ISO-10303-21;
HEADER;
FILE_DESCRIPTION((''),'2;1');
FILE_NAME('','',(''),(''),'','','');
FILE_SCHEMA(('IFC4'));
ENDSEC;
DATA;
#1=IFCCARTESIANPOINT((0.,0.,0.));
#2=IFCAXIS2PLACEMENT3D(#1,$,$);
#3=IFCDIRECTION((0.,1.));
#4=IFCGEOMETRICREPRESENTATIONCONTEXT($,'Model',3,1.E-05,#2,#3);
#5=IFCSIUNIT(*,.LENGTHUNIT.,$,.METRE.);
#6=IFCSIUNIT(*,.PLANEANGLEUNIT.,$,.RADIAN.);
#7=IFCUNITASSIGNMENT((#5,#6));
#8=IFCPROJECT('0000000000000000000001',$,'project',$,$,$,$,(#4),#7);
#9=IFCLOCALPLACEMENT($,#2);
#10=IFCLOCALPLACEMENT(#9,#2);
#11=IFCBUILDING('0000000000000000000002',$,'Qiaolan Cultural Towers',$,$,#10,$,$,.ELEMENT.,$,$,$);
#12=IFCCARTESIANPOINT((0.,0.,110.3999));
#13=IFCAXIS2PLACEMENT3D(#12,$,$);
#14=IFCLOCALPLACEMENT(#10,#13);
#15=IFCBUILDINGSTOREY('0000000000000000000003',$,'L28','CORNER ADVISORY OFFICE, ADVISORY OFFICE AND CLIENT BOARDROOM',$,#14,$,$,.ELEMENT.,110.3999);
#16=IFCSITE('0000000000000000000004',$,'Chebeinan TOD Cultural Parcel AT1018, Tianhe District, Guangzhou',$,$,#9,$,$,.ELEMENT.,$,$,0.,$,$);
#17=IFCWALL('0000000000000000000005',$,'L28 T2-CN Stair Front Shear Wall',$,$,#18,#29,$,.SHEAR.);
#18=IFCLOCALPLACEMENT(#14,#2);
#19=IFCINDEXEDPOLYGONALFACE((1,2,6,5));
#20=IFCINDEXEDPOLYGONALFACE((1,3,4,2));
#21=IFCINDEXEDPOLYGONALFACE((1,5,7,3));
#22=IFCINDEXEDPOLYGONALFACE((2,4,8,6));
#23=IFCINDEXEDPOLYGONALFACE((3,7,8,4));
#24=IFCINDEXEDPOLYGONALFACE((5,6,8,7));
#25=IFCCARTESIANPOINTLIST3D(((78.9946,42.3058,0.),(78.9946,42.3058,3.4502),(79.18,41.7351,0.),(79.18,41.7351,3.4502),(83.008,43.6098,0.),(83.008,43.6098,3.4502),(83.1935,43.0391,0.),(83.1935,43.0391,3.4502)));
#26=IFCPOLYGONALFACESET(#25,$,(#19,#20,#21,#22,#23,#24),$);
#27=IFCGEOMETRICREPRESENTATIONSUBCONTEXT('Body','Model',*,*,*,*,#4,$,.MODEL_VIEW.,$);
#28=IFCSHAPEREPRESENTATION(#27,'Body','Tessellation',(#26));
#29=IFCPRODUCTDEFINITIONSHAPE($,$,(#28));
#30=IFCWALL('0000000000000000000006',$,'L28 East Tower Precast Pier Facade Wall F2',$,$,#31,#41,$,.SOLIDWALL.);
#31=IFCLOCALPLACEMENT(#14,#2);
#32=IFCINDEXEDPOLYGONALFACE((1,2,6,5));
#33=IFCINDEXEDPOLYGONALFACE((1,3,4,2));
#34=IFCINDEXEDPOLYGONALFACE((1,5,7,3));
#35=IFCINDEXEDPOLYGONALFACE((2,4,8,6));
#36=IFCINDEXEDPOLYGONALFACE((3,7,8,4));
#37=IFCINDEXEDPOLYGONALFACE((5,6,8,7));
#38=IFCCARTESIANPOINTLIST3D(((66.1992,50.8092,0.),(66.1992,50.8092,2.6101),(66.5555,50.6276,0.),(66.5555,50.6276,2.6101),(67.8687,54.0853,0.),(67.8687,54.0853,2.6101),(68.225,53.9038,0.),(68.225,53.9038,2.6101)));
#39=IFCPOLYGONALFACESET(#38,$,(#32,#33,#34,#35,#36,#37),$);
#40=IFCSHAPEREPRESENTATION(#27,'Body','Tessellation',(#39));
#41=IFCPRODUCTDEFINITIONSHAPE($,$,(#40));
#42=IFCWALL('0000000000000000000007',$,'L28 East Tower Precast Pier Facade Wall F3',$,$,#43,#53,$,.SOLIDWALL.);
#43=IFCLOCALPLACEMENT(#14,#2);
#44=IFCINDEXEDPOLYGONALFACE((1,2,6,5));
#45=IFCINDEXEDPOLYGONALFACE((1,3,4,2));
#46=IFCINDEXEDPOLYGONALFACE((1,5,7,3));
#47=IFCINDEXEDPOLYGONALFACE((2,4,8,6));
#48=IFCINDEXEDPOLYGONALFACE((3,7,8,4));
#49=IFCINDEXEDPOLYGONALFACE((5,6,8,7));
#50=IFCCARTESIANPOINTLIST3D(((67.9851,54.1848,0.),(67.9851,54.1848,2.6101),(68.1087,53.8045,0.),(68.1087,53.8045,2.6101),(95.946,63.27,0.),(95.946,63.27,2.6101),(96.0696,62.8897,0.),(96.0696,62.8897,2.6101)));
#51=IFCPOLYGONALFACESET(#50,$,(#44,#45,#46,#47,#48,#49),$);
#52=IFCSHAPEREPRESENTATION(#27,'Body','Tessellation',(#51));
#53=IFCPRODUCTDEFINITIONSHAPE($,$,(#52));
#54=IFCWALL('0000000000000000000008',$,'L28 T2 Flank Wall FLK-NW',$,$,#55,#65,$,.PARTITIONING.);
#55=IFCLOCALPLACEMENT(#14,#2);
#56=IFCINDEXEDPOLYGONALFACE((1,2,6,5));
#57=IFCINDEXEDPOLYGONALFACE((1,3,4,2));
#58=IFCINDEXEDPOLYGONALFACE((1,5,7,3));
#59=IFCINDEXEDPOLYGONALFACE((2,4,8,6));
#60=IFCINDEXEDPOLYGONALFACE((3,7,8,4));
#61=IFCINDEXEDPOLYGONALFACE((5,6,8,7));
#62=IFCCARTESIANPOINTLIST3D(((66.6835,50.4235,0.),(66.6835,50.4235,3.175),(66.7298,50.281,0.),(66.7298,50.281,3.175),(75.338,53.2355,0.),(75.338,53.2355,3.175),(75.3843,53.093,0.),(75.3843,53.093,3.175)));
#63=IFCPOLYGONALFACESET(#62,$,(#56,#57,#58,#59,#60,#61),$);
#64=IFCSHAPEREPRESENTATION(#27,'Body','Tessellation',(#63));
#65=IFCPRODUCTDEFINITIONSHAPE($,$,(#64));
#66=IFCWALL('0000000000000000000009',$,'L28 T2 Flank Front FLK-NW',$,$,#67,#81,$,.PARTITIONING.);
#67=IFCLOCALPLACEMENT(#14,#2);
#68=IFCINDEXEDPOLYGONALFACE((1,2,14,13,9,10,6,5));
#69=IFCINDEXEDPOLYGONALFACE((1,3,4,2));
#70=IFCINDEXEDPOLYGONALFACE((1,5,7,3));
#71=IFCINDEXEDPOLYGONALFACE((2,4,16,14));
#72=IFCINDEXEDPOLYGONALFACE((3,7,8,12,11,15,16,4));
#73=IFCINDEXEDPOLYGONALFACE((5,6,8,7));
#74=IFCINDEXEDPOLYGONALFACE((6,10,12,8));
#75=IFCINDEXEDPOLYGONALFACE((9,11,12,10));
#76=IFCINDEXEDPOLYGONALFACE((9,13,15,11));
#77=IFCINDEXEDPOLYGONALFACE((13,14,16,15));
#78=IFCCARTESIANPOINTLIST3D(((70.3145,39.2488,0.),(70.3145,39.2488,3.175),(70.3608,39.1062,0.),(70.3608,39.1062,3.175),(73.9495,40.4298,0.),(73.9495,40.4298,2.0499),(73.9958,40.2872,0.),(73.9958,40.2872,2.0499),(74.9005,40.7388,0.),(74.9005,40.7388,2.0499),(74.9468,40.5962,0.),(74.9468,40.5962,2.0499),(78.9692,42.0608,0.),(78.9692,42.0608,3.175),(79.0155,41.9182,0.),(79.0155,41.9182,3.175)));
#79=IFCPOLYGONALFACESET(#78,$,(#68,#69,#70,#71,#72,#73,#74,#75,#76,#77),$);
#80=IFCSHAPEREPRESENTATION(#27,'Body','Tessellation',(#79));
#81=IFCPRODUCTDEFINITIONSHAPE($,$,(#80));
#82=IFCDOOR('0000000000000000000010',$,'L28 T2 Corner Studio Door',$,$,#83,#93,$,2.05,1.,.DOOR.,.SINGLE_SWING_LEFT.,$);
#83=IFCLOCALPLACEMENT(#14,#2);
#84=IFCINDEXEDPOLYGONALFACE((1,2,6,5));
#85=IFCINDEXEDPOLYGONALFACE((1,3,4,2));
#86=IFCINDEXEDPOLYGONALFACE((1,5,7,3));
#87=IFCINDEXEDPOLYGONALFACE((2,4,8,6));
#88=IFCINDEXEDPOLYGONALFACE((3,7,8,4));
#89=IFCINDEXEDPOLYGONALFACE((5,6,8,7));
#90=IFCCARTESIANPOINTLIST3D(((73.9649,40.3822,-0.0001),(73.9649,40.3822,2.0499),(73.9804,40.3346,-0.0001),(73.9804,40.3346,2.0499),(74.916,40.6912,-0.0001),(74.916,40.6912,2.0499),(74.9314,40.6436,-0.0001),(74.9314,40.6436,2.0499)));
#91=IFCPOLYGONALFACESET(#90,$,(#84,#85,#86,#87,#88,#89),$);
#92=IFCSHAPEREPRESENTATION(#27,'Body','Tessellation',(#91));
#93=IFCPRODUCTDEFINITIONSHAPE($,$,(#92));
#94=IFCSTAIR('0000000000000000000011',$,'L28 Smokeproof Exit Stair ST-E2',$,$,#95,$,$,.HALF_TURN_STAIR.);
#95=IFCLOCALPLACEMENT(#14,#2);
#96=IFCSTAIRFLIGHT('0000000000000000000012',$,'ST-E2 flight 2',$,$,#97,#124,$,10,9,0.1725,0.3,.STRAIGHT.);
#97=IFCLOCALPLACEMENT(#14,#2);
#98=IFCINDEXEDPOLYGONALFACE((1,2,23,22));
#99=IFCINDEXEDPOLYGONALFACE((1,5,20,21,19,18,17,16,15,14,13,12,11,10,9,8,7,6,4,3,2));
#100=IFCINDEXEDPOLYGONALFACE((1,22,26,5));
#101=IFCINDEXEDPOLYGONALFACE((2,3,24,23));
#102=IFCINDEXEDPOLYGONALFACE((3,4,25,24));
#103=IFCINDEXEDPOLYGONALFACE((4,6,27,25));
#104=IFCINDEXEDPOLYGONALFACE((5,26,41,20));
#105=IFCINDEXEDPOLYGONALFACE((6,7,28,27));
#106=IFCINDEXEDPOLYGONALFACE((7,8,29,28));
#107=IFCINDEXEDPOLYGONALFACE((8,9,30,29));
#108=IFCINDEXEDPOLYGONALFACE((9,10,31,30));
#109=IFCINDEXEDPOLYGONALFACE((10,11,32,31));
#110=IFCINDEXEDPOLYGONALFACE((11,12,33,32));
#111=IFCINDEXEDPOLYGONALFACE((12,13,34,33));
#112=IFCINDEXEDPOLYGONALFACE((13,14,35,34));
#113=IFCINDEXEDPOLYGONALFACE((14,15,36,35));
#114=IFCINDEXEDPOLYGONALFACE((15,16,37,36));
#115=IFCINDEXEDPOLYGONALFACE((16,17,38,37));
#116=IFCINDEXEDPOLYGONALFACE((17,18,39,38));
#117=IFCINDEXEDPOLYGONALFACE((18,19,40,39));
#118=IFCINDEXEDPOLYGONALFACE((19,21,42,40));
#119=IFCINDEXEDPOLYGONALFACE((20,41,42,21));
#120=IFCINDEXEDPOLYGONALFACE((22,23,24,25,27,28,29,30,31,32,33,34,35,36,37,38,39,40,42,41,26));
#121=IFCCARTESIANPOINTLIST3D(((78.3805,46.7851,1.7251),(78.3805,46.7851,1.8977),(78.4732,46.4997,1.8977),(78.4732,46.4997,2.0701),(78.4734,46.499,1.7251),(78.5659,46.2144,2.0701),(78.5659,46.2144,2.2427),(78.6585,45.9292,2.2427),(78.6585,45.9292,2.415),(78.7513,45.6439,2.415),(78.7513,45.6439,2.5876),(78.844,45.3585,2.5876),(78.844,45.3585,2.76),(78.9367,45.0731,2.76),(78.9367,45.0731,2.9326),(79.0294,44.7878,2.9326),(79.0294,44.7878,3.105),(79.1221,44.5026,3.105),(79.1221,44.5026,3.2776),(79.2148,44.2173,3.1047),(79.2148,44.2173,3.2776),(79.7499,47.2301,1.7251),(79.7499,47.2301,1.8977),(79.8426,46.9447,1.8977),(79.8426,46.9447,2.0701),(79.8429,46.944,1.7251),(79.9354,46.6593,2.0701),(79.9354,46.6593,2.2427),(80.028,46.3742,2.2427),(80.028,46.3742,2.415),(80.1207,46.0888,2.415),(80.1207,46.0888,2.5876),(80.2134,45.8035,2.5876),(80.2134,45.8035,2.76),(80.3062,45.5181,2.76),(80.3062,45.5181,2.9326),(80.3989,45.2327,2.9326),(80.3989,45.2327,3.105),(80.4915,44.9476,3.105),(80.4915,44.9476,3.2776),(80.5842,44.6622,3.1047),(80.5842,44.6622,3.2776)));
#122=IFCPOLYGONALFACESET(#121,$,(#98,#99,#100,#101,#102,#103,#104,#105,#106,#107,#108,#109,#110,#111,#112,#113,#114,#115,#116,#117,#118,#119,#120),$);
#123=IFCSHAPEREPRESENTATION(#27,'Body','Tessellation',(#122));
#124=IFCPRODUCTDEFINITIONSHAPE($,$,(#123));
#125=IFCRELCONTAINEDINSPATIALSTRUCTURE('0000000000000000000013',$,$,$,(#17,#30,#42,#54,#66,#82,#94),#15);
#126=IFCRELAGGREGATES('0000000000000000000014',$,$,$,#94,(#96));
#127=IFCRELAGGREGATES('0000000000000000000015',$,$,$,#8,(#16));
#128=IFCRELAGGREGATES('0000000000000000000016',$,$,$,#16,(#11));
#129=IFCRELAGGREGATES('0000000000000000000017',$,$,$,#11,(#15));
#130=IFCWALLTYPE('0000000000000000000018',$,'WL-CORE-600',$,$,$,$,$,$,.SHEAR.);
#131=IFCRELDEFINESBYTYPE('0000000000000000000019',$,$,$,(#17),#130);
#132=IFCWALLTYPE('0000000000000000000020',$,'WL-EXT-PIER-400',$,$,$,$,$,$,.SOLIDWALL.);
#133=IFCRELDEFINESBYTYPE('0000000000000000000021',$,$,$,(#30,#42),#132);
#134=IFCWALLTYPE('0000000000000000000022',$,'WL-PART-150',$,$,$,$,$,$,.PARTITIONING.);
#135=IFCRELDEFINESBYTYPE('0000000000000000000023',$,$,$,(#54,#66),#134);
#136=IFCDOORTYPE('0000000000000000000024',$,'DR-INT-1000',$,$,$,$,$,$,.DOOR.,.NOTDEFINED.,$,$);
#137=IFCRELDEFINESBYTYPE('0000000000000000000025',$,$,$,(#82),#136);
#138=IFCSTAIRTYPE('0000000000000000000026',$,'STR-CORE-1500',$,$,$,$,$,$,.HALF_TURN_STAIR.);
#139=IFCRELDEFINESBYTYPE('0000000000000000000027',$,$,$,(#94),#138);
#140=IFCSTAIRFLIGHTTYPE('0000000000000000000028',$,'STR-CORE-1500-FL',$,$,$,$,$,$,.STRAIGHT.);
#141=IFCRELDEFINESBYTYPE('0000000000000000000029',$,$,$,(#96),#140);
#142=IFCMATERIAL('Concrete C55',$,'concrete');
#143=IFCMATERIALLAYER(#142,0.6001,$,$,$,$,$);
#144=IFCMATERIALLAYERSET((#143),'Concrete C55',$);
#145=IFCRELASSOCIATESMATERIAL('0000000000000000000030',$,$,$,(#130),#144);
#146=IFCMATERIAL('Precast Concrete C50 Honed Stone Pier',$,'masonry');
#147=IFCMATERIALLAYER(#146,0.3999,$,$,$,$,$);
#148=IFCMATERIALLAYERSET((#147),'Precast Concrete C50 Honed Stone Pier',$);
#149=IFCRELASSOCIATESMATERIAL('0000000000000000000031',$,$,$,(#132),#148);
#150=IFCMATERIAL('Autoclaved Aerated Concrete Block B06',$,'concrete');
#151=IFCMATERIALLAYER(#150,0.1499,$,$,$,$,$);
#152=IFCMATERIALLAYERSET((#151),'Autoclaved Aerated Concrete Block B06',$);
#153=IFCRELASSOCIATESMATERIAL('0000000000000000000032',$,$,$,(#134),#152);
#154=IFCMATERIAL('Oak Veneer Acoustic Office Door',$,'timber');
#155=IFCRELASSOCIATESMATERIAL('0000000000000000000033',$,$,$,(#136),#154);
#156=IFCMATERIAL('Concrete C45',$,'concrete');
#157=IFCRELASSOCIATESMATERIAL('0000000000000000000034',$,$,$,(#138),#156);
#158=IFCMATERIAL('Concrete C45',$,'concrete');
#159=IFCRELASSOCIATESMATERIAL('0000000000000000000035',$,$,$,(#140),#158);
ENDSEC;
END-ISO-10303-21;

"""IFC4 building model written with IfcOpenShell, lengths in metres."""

from ifc_helpers import new_model, si_unit, direction, frame, frame_2d, origin, place, context, subcontext, project, spatial, polyline, rectangle, outline, extrude, material, layer, layer_set, type_object, element, fill, aggregate, save


model = new_model("IFC4")

# Units and contexts
model_context = context("Model", 3, precision=1e-05, world=origin(), true_north=direction((0.0, 1.0)))
body_context = subcontext(model_context, "Body", "Model", "MODEL_VIEW")
ifc_project = project(units=[si_unit("LENGTHUNIT", "METRE"), si_unit("PLANEANGLEUNIT", "RADIAN")], contexts=[model_context])

# Site, building, storey
site_placement = place(None, origin())
site = spatial("IfcSite", under=ifc_project, at=site_placement, Name="Chebeinan TOD Cultural Parcel AT1018, Tianhe District, Guangzhou", CompositionType="ELEMENT", RefElevation=0.0)
building_placement = place(site_placement, origin())
building = spatial("IfcBuilding", under=site, at=building_placement, Name="Qiaolan Cultural Towers", CompositionType="ELEMENT")
storey_placement = place(building_placement, frame((0.0, 0.0, 110.3999)))
storey = spatial("IfcBuildingStorey", under=building, at=storey_placement, Name="L28", Description="CORNER ADVISORY OFFICE, ADVISORY OFFICE AND CLIENT BOARDROOM", CompositionType="ELEMENT", Elevation=110.3999)

# Walls
ifc_material_1 = material(Name="Concrete C55", Category="concrete")
ifc_layer_1 = layer(ifc_material_1, 0.6001)
ifc_layer_set_1 = layer_set([ifc_layer_1], Name="Concrete C55")
wall_type_1 = type_object("IfcWallType", Name="WL-CORE-600", PredefinedType="SHEAR", material=ifc_layer_set_1)
wall_1_placement = place(storey_placement, frame((79.0874, 42.0205, 0.0), z_axis=(0.0, 0.0, 1.0), x_axis=(0.951063, 0.308998, 0.0)))
element("IfcWall", 1, at=wall_1_placement, inside=storey, type_object=wall_type_1, Name="L28 T2-CN Stair Front Shear Wall", PredefinedType="SHEAR", context=body_context, shape_type="SweptSolid", body=[
    extrude(rectangle(XDim=4.22, YDim=0.6001, at=frame_2d((2.1099, 0.0))), origin(), (0.0, 0.0, 1.0), 3.4502),
])
ifc_material_2 = material(Name="Precast Concrete C50 Honed Stone Pier", Category="masonry")
ifc_layer_2 = layer(ifc_material_2, 0.3999)
ifc_layer_set_2 = layer_set([ifc_layer_2], Name="Precast Concrete C50 Honed Stone Pier")
wall_type_2 = type_object("IfcWallType", Name="WL-EXT-PIER-400", PredefinedType="SOLIDWALL", material=ifc_layer_set_2)
wall_2_placement = place(storey_placement, frame((66.3774, 50.7185, 0.0), z_axis=(0.0, 0.0, 1.0), x_axis=(0.454026, 0.890988, 0.0)))
element("IfcWall", 2, at=wall_2_placement, inside=storey, type_object=wall_type_2, Name="L28 East Tower Precast Pier Facade Wall F2", PredefinedType="SOLIDWALL", context=body_context, shape_type="SweptSolid", body=[
    extrude(rectangle(XDim=3.677, YDim=0.3999, at=frame_2d((1.8384, 0.0))), origin(), (0.0, 0.0, 1.0), 2.6101),
])
wall_3_placement = place(storey_placement, frame((68.0469, 53.9946, 0.0), z_axis=(0.0, 0.0, 1.0), x_axis=(0.951055, 0.309021, 0.0)))
element("IfcWall", 3, at=wall_3_placement, inside=storey, type_object=wall_type_2, Name="L28 East Tower Precast Pier Facade Wall F3", PredefinedType="SOLIDWALL", context=body_context, shape_type="SweptSolid", body=[
    extrude(rectangle(XDim=29.3999, YDim=0.3999, at=frame_2d((14.7, 0.0))), origin(), (0.0, 0.0, 1.0), 2.6101),
])
ifc_material_3 = material(Name="Autoclaved Aerated Concrete Block B06", Category="concrete")
ifc_layer_3 = layer(ifc_material_3, 0.1499)
ifc_layer_set_3 = layer_set([ifc_layer_3], Name="Autoclaved Aerated Concrete Block B06")
wall_type_3 = type_object("IfcWallType", Name="WL-PART-150", PredefinedType="PARTITIONING", material=ifc_layer_set_3)
wall_4_placement = place(storey_placement, frame((66.7068, 50.3523, 0.0), z_axis=(0.0, 0.0, 1.0), x_axis=(0.951057, 0.309015, 0.0)))
element("IfcWall", 4, at=wall_4_placement, inside=storey, type_object=wall_type_3, Name="L28 T2 Flank Wall FLK-NW", PredefinedType="PARTITIONING", context=body_context, shape_type="SweptSolid", body=[
    extrude(rectangle(XDim=9.0999, YDim=0.1499, at=frame_2d((4.5498, 0.0))), origin(), (0.0, 0.0, 1.0), 3.175),
])

# Wall, opening, door
wall_5_placement = place(storey_placement, frame((70.3376, 39.1775, 0.0), z_axis=(0.0, 0.0, 1.0), x_axis=(0.95106, 0.309007, 0.0)))
wall_5 = element("IfcWall", 5, at=wall_5_placement, inside=storey, type_object=wall_type_3, Name="L28 T2 Flank Front FLK-NW", PredefinedType="PARTITIONING", context=body_context, shape_type="SweptSolid", body=[
    extrude(rectangle(XDim=9.1001, YDim=0.1499, at=frame_2d((4.55, 0.0))), origin(), (0.0, 0.0, 1.0), 3.175),
])
opening_placement = place(wall_5_placement, frame((3.822, 0.0, 0.0)))
opening = element("IfcOpeningElement", 6, at=opening_placement, cuts=wall_5, PredefinedType="OPENING", context=body_context, shape_type="SweptSolid", body=[
    extrude(rectangle(XDim=1.0, YDim=2.05, at=frame_2d((0.5, 1.0249))), frame((0.0, 0.085, 0.0), z_axis=(0.0, -1.0, 0.0), x_axis=(1.0, 0.0, 0.0)), (0.0, 0.0, 1.0), 0.1699),
])
ifc_material_4 = material(Name="Oak Veneer Acoustic Office Door", Category="timber")
door_type = type_object("IfcDoorType", Name="DR-INT-1000", OperationType="NOTDEFINED", PredefinedType="DOOR", material=ifc_material_4)
door_placement = place(opening_placement, origin())
door = element("IfcDoor", 7, at=door_placement, inside=storey, type_object=door_type, Name="L28 T2 Corner Studio Door", OperationType="SINGLE_SWING_LEFT", OverallHeight=2.05, OverallWidth=1.0, PredefinedType="DOOR", context=body_context, shape_type="SweptSolid", body=[
    extrude(rectangle(XDim=1.0, YDim=2.05, at=frame_2d((0.5, 1.0249))), frame((0.0, 0.0249, 0.0), z_axis=(0.0, -1.0, 0.0), x_axis=(1.0, 0.0, 0.0)), (0.0, 0.0, 1.0), 0.05),
])
fill(opening, door)

# Stair, stair flight
ifc_material_5 = material(Name="Concrete C45", Category="concrete")
stair_type = type_object("IfcStairType", Name="STR-CORE-1500", PredefinedType="HALF_TURN_STAIR", material=ifc_material_5)
stair_placement = place(storey_placement, origin())
stair = element("IfcStair", 8, at=stair_placement, inside=storey, type_object=stair_type, Name="L28 Smokeproof Exit Stair ST-E2", PredefinedType="HALF_TURN_STAIR")
ifc_material_6 = material(Name="Concrete C45", Category="concrete")
stair_flight_type = type_object("IfcStairFlightType", Name="STR-CORE-1500-FL", PredefinedType="STRAIGHT", material=ifc_material_6)
stair_flight_placement = place(storey_placement, frame((79.0652, 47.0076, 1.7251), z_axis=(0.0, 0.0, 1.0), x_axis=(0.309017, -0.951057, 0.0)))
stair_flight = element("IfcStairFlight", 9, at=stair_flight_placement, type_object=stair_flight_type, Name="ST-E2 flight 2", NumberOfRisers=10, NumberOfTreads=9, PredefinedType="STRAIGHT", RiserHeight=0.1725, TreadLength=0.3, context=body_context, shape_type="SweptSolid", body=[
    extrude(outline(polyline([(0.0, 0.0), (0.0, 0.1726), (0.3, 0.1726), (0.3, 0.345), (0.6001, 0.345), (0.6001, 0.5176), (0.8999, 0.5176), (0.8999, 0.6899), (1.2, 0.6899), (1.2, 0.8625), (1.5, 0.8625), (1.5, 1.0349), (1.8, 1.0349), (1.8, 1.2075), (2.1001, 1.2075), (2.1001, 1.3799), (2.3999, 1.3799), (2.3999, 1.5525), (2.7, 1.5525), (2.7, 1.7251), (2.7, 1.3796), (0.3008, 0.0), (0.0, 0.0)])), frame((0.0, 0.72, 0.0), z_axis=(0.0, -1.0, 0.0), x_axis=(1.0, 0.0, 0.0)), (0.0, 0.0, 1.0), 1.4399),
])
aggregate(stair, [stair_flight])

save(model, "model.ifc")
